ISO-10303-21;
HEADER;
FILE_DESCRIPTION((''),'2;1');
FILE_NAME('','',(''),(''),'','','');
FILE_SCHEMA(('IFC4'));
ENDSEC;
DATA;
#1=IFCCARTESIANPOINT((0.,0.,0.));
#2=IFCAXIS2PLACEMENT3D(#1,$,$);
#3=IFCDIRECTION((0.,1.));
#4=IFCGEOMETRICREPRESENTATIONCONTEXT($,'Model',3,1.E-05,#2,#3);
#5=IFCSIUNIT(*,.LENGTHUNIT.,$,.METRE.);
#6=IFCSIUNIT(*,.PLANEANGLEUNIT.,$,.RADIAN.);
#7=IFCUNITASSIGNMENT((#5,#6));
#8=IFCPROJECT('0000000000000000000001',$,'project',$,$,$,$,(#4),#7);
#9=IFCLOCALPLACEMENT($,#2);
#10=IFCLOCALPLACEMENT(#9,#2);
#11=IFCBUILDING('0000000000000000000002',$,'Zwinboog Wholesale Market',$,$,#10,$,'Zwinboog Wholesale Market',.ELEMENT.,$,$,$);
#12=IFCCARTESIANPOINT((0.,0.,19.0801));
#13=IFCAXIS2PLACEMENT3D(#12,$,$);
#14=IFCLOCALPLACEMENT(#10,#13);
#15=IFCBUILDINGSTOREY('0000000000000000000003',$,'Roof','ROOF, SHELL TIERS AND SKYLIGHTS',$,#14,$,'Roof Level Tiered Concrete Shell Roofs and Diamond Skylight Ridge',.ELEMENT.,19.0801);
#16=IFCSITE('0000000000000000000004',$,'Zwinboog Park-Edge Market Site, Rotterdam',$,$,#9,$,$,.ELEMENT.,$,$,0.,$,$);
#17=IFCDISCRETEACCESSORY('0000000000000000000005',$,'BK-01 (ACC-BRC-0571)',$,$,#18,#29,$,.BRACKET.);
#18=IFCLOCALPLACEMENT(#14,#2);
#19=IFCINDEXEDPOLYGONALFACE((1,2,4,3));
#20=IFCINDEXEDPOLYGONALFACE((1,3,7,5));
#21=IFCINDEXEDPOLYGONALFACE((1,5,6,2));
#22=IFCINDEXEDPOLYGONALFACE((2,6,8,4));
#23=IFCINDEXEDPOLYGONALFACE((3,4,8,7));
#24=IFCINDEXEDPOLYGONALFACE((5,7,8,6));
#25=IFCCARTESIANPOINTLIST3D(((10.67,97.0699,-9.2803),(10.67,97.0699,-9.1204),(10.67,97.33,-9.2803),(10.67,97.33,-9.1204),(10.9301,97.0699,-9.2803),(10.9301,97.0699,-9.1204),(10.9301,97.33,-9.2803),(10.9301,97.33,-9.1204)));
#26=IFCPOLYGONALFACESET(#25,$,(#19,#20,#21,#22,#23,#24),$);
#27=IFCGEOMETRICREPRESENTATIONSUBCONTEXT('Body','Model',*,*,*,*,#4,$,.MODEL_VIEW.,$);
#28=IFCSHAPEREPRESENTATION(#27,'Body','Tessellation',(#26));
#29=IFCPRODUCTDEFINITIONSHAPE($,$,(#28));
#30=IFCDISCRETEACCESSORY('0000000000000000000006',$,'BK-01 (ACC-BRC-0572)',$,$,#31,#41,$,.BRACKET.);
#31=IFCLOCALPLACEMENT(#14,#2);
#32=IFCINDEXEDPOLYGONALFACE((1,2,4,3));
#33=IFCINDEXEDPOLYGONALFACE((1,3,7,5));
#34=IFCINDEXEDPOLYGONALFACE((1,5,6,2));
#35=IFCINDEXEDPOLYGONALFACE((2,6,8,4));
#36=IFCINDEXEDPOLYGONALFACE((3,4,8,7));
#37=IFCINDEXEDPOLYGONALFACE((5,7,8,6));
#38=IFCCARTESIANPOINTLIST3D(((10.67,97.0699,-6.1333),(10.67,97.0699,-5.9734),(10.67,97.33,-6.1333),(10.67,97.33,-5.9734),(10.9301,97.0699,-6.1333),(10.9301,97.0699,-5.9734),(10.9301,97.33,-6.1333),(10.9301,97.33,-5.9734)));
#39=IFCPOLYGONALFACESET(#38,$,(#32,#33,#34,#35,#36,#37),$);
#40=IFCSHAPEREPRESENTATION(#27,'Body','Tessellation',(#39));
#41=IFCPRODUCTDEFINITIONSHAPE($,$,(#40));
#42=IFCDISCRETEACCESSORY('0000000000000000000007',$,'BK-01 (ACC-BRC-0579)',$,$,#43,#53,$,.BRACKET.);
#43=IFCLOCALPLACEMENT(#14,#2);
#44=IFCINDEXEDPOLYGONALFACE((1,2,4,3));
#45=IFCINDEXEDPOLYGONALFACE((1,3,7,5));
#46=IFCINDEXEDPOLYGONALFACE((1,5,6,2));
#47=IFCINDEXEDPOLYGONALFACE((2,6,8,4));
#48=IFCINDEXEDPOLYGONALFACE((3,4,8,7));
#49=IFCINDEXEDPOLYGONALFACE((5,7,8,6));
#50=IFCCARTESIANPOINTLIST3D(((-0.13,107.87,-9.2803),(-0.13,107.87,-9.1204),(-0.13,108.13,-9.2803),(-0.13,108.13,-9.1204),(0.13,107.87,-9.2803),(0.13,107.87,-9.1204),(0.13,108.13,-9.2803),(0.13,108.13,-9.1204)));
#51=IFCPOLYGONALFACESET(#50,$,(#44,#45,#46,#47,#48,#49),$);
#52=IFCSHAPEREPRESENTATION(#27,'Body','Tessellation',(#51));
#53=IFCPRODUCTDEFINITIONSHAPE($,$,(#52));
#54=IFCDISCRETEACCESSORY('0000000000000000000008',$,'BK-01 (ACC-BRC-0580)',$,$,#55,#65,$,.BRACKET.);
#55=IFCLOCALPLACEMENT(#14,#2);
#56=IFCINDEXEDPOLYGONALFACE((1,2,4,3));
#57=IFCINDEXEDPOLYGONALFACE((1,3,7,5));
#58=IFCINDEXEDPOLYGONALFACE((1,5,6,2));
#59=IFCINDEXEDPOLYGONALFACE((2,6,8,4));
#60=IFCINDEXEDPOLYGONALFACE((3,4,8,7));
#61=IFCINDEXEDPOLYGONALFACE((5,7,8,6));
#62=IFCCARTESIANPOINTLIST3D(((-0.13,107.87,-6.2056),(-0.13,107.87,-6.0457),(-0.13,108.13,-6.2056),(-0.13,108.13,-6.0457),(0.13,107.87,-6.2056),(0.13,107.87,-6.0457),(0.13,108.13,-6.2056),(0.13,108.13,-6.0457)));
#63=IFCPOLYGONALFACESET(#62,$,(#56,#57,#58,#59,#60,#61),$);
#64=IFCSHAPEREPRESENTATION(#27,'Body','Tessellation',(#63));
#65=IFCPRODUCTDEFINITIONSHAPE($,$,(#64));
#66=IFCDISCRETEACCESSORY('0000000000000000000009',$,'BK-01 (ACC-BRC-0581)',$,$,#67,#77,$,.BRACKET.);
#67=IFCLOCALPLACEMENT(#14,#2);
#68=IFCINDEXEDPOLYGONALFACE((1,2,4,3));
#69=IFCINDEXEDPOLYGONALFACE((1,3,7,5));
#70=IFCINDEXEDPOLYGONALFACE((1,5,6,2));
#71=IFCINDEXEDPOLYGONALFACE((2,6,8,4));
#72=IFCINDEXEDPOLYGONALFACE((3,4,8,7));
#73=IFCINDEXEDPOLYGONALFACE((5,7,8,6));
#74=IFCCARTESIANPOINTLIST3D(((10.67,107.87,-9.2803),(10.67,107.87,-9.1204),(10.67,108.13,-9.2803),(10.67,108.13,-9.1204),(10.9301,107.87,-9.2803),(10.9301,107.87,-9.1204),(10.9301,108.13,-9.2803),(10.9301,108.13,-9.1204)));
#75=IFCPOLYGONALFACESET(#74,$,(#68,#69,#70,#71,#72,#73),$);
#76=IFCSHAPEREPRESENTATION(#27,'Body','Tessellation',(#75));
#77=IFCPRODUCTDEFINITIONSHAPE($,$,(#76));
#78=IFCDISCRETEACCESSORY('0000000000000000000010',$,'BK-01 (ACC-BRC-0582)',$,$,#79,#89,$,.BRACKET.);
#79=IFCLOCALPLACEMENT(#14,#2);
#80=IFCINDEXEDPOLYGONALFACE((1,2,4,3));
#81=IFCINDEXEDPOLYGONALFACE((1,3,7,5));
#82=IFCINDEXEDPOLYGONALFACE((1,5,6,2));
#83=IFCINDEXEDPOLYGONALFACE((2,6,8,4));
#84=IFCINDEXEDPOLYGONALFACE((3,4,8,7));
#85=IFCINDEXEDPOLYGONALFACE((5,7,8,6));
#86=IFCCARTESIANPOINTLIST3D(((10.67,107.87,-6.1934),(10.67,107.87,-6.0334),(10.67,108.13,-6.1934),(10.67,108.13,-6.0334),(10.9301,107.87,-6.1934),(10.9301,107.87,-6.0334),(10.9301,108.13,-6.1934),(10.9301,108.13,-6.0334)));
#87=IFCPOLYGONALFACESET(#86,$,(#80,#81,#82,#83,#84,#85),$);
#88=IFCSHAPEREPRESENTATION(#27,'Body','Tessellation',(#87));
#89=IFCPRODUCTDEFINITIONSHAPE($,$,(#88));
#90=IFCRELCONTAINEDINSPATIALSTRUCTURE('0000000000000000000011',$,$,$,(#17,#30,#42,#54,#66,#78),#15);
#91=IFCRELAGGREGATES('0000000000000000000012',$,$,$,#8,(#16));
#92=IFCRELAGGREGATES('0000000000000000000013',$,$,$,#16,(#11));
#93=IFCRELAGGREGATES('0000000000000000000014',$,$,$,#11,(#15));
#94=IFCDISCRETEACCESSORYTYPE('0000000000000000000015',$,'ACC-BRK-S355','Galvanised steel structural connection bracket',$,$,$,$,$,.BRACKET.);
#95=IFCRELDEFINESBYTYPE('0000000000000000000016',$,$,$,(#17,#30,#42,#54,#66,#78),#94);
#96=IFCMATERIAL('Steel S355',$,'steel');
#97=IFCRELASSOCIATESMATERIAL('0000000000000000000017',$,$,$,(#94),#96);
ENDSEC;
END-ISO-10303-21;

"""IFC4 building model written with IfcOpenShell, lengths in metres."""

from ifc_helpers import new_model, si_unit, direction, frame, origin, origin_2d, place, context, subcontext, project, spatial, rectangle, extrude, material, type_object, element, save


model = new_model("IFC4")

# Units and contexts
model_context = context("Model", 3, precision=1e-05, world=origin(), true_north=direction((0.0, 1.0)))
body_context = subcontext(model_context, "Body", "Model", "MODEL_VIEW")
ifc_project = project(units=[si_unit("LENGTHUNIT", "METRE"), si_unit("PLANEANGLEUNIT", "RADIAN")], contexts=[model_context])

# Site, building, storey
site_placement = place(None, origin())
site = spatial("IfcSite", under=ifc_project, at=site_placement, Name="Zwinboog Park-Edge Market Site, Rotterdam", CompositionType="ELEMENT", RefElevation=0.0)
building_placement = place(site_placement, origin())
building = spatial("IfcBuilding", under=site, at=building_placement, Name="Zwinboog Wholesale Market", LongName="Zwinboog Wholesale Market", CompositionType="ELEMENT")
storey_placement = place(building_placement, frame((0.0, 0.0, 19.0801)))
storey = spatial("IfcBuildingStorey", under=building, at=storey_placement, Name="Roof", Description="ROOF, SHELL TIERS AND SKYLIGHTS", LongName="Roof Level Tiered Concrete Shell Roofs and Diamond Skylight Ridge", CompositionType="ELEMENT", Elevation=19.0801)

# Shared definitions
ifc_material_1 = material(Name="Steel S355", Category="steel")

# Discrete accessories
discrete_accessory_type = type_object("IfcDiscreteAccessoryType", Name="ACC-BRK-S355", Description="Galvanised steel structural connection bracket", PredefinedType="BRACKET", material=ifc_material_1)
for number, where, z_axis, x_axis, name in (
    (1, (10.8, 97.2, -9.2803), (0.0, 0.0, 1.0), (1.0, 0.0, 0.0), "BK-01 (ACC-BRC-0571)"),
    (2, (10.8, 97.2, -6.1333), (0.0, 0.0, 1.0), (1.0, 0.0, 0.0), "BK-01 (ACC-BRC-0572)"),
    (3, (0.0, 108.0, -9.2803), (0.0, 0.0, 1.0), (1.0, 0.0, 0.0), "BK-01 (ACC-BRC-0579)"),
    (4, (0.0, 108.0, -6.2056), (0.0, 0.0, 1.0), (1.0, 0.0, 0.0), "BK-01 (ACC-BRC-0580)"),
    (5, (10.8, 108.0, -9.2803), (0.0, 0.0, 1.0), (1.0, 0.0, 0.0), "BK-01 (ACC-BRC-0581)"),
    (6, (10.8, 108.0, -6.1934), (0.0, 0.0, 1.0), (1.0, 0.0, 0.0), "BK-01 (ACC-BRC-0582)"),
):
    element("IfcDiscreteAccessory", number, at=place(storey_placement, frame(where, z_axis=z_axis, x_axis=x_axis)), inside=storey, type_object=discrete_accessory_type, Name=name, PredefinedType="BRACKET", context=body_context, shape_type="SweptSolid", body=[
        extrude(rectangle(XDim=0.26, YDim=0.26, at=origin_2d()), origin(), (0.0, 0.0, 1.0), 0.1599),
    ])

save(model, "model.ifc")
